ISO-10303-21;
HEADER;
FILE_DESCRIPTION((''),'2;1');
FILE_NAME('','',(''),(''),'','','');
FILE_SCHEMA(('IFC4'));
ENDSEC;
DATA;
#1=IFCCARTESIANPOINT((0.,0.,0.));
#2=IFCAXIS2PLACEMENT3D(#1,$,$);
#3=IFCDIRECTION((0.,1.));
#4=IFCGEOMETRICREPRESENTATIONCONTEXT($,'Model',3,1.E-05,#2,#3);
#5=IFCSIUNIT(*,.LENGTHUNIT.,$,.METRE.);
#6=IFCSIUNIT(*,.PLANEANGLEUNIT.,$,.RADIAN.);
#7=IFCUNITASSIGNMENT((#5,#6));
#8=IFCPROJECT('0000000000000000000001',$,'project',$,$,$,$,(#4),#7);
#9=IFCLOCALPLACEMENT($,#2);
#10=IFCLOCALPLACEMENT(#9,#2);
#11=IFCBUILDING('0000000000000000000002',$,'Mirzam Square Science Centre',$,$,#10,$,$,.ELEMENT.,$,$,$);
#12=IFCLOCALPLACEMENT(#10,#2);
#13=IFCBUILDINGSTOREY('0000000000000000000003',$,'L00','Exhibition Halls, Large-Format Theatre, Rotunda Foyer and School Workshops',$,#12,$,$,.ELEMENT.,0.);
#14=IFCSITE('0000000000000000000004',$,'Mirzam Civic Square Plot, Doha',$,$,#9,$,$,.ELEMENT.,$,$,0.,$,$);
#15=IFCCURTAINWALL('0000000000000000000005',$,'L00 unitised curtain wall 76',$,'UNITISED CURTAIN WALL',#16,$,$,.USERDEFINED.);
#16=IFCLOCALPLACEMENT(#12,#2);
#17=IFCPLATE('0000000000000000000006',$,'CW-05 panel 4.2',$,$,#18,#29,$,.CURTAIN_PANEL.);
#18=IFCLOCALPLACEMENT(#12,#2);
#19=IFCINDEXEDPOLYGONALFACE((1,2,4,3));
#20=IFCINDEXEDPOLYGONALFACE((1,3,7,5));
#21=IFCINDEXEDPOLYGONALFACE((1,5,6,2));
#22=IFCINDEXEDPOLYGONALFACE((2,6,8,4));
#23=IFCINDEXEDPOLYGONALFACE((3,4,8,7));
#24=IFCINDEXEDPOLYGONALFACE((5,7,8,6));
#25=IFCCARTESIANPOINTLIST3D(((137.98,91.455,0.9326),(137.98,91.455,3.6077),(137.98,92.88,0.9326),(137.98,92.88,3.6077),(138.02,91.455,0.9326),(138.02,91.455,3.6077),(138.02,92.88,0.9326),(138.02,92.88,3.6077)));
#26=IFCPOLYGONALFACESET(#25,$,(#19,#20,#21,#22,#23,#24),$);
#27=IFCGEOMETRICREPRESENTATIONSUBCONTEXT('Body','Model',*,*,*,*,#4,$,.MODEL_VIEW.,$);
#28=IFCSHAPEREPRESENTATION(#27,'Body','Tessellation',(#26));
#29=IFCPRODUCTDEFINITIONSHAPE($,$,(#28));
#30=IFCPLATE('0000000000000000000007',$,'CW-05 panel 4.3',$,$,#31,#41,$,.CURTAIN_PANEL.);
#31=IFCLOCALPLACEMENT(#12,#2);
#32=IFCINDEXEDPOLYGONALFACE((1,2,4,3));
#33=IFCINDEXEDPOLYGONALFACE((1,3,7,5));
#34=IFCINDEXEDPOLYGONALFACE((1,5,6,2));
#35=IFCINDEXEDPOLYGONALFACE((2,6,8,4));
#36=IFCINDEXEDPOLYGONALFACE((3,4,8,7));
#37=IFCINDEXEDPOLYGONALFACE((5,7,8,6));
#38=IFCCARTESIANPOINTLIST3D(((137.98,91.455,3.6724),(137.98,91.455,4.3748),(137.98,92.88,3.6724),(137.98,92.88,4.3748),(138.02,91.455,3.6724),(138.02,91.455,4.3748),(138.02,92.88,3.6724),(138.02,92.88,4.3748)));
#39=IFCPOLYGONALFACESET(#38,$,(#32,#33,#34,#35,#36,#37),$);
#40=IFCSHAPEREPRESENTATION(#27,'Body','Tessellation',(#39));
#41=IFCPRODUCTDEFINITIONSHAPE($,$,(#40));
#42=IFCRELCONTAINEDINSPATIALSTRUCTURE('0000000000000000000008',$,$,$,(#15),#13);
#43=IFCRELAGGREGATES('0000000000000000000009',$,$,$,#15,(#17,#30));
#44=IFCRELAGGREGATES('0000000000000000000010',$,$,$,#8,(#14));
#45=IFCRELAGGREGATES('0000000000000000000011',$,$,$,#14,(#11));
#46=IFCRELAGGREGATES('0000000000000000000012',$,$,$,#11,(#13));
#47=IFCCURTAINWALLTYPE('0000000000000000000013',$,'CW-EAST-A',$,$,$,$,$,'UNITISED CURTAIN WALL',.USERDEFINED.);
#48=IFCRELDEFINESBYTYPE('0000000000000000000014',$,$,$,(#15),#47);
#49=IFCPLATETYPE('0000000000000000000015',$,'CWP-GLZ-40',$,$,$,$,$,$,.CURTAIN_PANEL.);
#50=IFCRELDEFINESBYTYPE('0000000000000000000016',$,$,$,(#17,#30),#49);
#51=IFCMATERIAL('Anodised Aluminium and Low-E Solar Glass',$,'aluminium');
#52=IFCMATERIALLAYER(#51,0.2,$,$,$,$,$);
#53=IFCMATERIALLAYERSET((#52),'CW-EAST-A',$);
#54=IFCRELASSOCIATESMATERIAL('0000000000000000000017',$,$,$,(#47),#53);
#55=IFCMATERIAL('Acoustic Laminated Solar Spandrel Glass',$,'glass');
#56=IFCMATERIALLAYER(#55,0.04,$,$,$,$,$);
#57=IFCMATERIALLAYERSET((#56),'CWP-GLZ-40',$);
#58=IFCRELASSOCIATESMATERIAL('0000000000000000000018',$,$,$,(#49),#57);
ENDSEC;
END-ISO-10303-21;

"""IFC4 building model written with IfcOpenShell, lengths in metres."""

from ifc_helpers import new_model, si_unit, direction, frame, origin, origin_2d, place, context, subcontext, project, spatial, rectangle, extrude, material, layer, layer_set, type_object, element, aggregate, save


model = new_model("IFC4")

# Units and contexts
model_context = context("Model", 3, precision=1e-05, world=origin(), true_north=direction((0.0, 1.0)))
body_context = subcontext(model_context, "Body", "Model", "MODEL_VIEW")
ifc_project = project(units=[si_unit("LENGTHUNIT", "METRE"), si_unit("PLANEANGLEUNIT", "RADIAN")], contexts=[model_context])

# Site, building, storey
site_placement = place(None, origin())
site = spatial("IfcSite", under=ifc_project, at=site_placement, Name="Mirzam Civic Square Plot, Doha", CompositionType="ELEMENT", RefElevation=0.0)
building_placement = place(site_placement, origin())
building = spatial("IfcBuilding", under=site, at=building_placement, Name="Mirzam Square Science Centre", CompositionType="ELEMENT")
storey_placement = place(building_placement, origin())
storey = spatial("IfcBuildingStorey", under=building, at=storey_placement, Name="L00", Description="Exhibition Halls, Large-Format Theatre, Rotunda Foyer and School Workshops", CompositionType="ELEMENT", Elevation=0.0)

# Curtain wall
ifc_material_1 = material(Name="Anodised Aluminium and Low-E Solar Glass", Category="aluminium")
ifc_layer_1 = layer(ifc_material_1, 0.2)
ifc_layer_set_1 = layer_set([ifc_layer_1], Name="CW-EAST-A")
curtain_wall_type_1 = type_object("IfcCurtainWallType", Name="CW-EAST-A", ElementType="UNITISED CURTAIN WALL", PredefinedType="USERDEFINED", material=ifc_layer_set_1)
curtain_wall_1_placement = place(storey_placement, origin())
curtain_wall_1 = element("IfcCurtainWall", 1, at=curtain_wall_1_placement, inside=storey, type_object=curtain_wall_type_1, Name="L00 unitised curtain wall 76", ObjectType="UNITISED CURTAIN WALL", PredefinedType="USERDEFINED")

# Plates
ifc_material_2 = material(Name="Acoustic Laminated Solar Spandrel Glass", Category="glass")
ifc_layer_2 = layer(ifc_material_2, 0.04)
ifc_layer_set_2 = layer_set([ifc_layer_2], Name="CWP-GLZ-40")
plate_type = type_object("IfcPlateType", Name="CWP-GLZ-40", PredefinedType="CURTAIN_PANEL", material=ifc_layer_set_2)
plate_1_placement = place(storey_placement, frame((138.0, 92.1675, 0.9326), z_axis=(0.0, 0.0, 1.0), x_axis=(0.0, 1.0, 0.0)))
plate_1 = element("IfcPlate", 2, at=plate_1_placement, type_object=plate_type, Name="CW-05 panel 4.2", PredefinedType="CURTAIN_PANEL", context=body_context, shape_type="SweptSolid", body=[
    extrude(rectangle(XDim=1.425, YDim=0.04, at=origin_2d()), origin(), (0.0, 0.0, 1.0), 2.675),
])
plate_2_placement = place(storey_placement, frame((138.0, 92.1675, 3.6724), z_axis=(0.0, 0.0, 1.0), x_axis=(0.0, 1.0, 0.0)))
plate_2 = element("IfcPlate", 3, at=plate_2_placement, type_object=plate_type, Name="CW-05 panel 4.3", PredefinedType="CURTAIN_PANEL", context=body_context, shape_type="SweptSolid", body=[
    extrude(rectangle(XDim=1.425, YDim=0.04, at=origin_2d()), origin(), (0.0, 0.0, 1.0), 0.7024),
])
aggregate(curtain_wall_1, [plate_1, plate_2])

save(model, "model.ifc")
